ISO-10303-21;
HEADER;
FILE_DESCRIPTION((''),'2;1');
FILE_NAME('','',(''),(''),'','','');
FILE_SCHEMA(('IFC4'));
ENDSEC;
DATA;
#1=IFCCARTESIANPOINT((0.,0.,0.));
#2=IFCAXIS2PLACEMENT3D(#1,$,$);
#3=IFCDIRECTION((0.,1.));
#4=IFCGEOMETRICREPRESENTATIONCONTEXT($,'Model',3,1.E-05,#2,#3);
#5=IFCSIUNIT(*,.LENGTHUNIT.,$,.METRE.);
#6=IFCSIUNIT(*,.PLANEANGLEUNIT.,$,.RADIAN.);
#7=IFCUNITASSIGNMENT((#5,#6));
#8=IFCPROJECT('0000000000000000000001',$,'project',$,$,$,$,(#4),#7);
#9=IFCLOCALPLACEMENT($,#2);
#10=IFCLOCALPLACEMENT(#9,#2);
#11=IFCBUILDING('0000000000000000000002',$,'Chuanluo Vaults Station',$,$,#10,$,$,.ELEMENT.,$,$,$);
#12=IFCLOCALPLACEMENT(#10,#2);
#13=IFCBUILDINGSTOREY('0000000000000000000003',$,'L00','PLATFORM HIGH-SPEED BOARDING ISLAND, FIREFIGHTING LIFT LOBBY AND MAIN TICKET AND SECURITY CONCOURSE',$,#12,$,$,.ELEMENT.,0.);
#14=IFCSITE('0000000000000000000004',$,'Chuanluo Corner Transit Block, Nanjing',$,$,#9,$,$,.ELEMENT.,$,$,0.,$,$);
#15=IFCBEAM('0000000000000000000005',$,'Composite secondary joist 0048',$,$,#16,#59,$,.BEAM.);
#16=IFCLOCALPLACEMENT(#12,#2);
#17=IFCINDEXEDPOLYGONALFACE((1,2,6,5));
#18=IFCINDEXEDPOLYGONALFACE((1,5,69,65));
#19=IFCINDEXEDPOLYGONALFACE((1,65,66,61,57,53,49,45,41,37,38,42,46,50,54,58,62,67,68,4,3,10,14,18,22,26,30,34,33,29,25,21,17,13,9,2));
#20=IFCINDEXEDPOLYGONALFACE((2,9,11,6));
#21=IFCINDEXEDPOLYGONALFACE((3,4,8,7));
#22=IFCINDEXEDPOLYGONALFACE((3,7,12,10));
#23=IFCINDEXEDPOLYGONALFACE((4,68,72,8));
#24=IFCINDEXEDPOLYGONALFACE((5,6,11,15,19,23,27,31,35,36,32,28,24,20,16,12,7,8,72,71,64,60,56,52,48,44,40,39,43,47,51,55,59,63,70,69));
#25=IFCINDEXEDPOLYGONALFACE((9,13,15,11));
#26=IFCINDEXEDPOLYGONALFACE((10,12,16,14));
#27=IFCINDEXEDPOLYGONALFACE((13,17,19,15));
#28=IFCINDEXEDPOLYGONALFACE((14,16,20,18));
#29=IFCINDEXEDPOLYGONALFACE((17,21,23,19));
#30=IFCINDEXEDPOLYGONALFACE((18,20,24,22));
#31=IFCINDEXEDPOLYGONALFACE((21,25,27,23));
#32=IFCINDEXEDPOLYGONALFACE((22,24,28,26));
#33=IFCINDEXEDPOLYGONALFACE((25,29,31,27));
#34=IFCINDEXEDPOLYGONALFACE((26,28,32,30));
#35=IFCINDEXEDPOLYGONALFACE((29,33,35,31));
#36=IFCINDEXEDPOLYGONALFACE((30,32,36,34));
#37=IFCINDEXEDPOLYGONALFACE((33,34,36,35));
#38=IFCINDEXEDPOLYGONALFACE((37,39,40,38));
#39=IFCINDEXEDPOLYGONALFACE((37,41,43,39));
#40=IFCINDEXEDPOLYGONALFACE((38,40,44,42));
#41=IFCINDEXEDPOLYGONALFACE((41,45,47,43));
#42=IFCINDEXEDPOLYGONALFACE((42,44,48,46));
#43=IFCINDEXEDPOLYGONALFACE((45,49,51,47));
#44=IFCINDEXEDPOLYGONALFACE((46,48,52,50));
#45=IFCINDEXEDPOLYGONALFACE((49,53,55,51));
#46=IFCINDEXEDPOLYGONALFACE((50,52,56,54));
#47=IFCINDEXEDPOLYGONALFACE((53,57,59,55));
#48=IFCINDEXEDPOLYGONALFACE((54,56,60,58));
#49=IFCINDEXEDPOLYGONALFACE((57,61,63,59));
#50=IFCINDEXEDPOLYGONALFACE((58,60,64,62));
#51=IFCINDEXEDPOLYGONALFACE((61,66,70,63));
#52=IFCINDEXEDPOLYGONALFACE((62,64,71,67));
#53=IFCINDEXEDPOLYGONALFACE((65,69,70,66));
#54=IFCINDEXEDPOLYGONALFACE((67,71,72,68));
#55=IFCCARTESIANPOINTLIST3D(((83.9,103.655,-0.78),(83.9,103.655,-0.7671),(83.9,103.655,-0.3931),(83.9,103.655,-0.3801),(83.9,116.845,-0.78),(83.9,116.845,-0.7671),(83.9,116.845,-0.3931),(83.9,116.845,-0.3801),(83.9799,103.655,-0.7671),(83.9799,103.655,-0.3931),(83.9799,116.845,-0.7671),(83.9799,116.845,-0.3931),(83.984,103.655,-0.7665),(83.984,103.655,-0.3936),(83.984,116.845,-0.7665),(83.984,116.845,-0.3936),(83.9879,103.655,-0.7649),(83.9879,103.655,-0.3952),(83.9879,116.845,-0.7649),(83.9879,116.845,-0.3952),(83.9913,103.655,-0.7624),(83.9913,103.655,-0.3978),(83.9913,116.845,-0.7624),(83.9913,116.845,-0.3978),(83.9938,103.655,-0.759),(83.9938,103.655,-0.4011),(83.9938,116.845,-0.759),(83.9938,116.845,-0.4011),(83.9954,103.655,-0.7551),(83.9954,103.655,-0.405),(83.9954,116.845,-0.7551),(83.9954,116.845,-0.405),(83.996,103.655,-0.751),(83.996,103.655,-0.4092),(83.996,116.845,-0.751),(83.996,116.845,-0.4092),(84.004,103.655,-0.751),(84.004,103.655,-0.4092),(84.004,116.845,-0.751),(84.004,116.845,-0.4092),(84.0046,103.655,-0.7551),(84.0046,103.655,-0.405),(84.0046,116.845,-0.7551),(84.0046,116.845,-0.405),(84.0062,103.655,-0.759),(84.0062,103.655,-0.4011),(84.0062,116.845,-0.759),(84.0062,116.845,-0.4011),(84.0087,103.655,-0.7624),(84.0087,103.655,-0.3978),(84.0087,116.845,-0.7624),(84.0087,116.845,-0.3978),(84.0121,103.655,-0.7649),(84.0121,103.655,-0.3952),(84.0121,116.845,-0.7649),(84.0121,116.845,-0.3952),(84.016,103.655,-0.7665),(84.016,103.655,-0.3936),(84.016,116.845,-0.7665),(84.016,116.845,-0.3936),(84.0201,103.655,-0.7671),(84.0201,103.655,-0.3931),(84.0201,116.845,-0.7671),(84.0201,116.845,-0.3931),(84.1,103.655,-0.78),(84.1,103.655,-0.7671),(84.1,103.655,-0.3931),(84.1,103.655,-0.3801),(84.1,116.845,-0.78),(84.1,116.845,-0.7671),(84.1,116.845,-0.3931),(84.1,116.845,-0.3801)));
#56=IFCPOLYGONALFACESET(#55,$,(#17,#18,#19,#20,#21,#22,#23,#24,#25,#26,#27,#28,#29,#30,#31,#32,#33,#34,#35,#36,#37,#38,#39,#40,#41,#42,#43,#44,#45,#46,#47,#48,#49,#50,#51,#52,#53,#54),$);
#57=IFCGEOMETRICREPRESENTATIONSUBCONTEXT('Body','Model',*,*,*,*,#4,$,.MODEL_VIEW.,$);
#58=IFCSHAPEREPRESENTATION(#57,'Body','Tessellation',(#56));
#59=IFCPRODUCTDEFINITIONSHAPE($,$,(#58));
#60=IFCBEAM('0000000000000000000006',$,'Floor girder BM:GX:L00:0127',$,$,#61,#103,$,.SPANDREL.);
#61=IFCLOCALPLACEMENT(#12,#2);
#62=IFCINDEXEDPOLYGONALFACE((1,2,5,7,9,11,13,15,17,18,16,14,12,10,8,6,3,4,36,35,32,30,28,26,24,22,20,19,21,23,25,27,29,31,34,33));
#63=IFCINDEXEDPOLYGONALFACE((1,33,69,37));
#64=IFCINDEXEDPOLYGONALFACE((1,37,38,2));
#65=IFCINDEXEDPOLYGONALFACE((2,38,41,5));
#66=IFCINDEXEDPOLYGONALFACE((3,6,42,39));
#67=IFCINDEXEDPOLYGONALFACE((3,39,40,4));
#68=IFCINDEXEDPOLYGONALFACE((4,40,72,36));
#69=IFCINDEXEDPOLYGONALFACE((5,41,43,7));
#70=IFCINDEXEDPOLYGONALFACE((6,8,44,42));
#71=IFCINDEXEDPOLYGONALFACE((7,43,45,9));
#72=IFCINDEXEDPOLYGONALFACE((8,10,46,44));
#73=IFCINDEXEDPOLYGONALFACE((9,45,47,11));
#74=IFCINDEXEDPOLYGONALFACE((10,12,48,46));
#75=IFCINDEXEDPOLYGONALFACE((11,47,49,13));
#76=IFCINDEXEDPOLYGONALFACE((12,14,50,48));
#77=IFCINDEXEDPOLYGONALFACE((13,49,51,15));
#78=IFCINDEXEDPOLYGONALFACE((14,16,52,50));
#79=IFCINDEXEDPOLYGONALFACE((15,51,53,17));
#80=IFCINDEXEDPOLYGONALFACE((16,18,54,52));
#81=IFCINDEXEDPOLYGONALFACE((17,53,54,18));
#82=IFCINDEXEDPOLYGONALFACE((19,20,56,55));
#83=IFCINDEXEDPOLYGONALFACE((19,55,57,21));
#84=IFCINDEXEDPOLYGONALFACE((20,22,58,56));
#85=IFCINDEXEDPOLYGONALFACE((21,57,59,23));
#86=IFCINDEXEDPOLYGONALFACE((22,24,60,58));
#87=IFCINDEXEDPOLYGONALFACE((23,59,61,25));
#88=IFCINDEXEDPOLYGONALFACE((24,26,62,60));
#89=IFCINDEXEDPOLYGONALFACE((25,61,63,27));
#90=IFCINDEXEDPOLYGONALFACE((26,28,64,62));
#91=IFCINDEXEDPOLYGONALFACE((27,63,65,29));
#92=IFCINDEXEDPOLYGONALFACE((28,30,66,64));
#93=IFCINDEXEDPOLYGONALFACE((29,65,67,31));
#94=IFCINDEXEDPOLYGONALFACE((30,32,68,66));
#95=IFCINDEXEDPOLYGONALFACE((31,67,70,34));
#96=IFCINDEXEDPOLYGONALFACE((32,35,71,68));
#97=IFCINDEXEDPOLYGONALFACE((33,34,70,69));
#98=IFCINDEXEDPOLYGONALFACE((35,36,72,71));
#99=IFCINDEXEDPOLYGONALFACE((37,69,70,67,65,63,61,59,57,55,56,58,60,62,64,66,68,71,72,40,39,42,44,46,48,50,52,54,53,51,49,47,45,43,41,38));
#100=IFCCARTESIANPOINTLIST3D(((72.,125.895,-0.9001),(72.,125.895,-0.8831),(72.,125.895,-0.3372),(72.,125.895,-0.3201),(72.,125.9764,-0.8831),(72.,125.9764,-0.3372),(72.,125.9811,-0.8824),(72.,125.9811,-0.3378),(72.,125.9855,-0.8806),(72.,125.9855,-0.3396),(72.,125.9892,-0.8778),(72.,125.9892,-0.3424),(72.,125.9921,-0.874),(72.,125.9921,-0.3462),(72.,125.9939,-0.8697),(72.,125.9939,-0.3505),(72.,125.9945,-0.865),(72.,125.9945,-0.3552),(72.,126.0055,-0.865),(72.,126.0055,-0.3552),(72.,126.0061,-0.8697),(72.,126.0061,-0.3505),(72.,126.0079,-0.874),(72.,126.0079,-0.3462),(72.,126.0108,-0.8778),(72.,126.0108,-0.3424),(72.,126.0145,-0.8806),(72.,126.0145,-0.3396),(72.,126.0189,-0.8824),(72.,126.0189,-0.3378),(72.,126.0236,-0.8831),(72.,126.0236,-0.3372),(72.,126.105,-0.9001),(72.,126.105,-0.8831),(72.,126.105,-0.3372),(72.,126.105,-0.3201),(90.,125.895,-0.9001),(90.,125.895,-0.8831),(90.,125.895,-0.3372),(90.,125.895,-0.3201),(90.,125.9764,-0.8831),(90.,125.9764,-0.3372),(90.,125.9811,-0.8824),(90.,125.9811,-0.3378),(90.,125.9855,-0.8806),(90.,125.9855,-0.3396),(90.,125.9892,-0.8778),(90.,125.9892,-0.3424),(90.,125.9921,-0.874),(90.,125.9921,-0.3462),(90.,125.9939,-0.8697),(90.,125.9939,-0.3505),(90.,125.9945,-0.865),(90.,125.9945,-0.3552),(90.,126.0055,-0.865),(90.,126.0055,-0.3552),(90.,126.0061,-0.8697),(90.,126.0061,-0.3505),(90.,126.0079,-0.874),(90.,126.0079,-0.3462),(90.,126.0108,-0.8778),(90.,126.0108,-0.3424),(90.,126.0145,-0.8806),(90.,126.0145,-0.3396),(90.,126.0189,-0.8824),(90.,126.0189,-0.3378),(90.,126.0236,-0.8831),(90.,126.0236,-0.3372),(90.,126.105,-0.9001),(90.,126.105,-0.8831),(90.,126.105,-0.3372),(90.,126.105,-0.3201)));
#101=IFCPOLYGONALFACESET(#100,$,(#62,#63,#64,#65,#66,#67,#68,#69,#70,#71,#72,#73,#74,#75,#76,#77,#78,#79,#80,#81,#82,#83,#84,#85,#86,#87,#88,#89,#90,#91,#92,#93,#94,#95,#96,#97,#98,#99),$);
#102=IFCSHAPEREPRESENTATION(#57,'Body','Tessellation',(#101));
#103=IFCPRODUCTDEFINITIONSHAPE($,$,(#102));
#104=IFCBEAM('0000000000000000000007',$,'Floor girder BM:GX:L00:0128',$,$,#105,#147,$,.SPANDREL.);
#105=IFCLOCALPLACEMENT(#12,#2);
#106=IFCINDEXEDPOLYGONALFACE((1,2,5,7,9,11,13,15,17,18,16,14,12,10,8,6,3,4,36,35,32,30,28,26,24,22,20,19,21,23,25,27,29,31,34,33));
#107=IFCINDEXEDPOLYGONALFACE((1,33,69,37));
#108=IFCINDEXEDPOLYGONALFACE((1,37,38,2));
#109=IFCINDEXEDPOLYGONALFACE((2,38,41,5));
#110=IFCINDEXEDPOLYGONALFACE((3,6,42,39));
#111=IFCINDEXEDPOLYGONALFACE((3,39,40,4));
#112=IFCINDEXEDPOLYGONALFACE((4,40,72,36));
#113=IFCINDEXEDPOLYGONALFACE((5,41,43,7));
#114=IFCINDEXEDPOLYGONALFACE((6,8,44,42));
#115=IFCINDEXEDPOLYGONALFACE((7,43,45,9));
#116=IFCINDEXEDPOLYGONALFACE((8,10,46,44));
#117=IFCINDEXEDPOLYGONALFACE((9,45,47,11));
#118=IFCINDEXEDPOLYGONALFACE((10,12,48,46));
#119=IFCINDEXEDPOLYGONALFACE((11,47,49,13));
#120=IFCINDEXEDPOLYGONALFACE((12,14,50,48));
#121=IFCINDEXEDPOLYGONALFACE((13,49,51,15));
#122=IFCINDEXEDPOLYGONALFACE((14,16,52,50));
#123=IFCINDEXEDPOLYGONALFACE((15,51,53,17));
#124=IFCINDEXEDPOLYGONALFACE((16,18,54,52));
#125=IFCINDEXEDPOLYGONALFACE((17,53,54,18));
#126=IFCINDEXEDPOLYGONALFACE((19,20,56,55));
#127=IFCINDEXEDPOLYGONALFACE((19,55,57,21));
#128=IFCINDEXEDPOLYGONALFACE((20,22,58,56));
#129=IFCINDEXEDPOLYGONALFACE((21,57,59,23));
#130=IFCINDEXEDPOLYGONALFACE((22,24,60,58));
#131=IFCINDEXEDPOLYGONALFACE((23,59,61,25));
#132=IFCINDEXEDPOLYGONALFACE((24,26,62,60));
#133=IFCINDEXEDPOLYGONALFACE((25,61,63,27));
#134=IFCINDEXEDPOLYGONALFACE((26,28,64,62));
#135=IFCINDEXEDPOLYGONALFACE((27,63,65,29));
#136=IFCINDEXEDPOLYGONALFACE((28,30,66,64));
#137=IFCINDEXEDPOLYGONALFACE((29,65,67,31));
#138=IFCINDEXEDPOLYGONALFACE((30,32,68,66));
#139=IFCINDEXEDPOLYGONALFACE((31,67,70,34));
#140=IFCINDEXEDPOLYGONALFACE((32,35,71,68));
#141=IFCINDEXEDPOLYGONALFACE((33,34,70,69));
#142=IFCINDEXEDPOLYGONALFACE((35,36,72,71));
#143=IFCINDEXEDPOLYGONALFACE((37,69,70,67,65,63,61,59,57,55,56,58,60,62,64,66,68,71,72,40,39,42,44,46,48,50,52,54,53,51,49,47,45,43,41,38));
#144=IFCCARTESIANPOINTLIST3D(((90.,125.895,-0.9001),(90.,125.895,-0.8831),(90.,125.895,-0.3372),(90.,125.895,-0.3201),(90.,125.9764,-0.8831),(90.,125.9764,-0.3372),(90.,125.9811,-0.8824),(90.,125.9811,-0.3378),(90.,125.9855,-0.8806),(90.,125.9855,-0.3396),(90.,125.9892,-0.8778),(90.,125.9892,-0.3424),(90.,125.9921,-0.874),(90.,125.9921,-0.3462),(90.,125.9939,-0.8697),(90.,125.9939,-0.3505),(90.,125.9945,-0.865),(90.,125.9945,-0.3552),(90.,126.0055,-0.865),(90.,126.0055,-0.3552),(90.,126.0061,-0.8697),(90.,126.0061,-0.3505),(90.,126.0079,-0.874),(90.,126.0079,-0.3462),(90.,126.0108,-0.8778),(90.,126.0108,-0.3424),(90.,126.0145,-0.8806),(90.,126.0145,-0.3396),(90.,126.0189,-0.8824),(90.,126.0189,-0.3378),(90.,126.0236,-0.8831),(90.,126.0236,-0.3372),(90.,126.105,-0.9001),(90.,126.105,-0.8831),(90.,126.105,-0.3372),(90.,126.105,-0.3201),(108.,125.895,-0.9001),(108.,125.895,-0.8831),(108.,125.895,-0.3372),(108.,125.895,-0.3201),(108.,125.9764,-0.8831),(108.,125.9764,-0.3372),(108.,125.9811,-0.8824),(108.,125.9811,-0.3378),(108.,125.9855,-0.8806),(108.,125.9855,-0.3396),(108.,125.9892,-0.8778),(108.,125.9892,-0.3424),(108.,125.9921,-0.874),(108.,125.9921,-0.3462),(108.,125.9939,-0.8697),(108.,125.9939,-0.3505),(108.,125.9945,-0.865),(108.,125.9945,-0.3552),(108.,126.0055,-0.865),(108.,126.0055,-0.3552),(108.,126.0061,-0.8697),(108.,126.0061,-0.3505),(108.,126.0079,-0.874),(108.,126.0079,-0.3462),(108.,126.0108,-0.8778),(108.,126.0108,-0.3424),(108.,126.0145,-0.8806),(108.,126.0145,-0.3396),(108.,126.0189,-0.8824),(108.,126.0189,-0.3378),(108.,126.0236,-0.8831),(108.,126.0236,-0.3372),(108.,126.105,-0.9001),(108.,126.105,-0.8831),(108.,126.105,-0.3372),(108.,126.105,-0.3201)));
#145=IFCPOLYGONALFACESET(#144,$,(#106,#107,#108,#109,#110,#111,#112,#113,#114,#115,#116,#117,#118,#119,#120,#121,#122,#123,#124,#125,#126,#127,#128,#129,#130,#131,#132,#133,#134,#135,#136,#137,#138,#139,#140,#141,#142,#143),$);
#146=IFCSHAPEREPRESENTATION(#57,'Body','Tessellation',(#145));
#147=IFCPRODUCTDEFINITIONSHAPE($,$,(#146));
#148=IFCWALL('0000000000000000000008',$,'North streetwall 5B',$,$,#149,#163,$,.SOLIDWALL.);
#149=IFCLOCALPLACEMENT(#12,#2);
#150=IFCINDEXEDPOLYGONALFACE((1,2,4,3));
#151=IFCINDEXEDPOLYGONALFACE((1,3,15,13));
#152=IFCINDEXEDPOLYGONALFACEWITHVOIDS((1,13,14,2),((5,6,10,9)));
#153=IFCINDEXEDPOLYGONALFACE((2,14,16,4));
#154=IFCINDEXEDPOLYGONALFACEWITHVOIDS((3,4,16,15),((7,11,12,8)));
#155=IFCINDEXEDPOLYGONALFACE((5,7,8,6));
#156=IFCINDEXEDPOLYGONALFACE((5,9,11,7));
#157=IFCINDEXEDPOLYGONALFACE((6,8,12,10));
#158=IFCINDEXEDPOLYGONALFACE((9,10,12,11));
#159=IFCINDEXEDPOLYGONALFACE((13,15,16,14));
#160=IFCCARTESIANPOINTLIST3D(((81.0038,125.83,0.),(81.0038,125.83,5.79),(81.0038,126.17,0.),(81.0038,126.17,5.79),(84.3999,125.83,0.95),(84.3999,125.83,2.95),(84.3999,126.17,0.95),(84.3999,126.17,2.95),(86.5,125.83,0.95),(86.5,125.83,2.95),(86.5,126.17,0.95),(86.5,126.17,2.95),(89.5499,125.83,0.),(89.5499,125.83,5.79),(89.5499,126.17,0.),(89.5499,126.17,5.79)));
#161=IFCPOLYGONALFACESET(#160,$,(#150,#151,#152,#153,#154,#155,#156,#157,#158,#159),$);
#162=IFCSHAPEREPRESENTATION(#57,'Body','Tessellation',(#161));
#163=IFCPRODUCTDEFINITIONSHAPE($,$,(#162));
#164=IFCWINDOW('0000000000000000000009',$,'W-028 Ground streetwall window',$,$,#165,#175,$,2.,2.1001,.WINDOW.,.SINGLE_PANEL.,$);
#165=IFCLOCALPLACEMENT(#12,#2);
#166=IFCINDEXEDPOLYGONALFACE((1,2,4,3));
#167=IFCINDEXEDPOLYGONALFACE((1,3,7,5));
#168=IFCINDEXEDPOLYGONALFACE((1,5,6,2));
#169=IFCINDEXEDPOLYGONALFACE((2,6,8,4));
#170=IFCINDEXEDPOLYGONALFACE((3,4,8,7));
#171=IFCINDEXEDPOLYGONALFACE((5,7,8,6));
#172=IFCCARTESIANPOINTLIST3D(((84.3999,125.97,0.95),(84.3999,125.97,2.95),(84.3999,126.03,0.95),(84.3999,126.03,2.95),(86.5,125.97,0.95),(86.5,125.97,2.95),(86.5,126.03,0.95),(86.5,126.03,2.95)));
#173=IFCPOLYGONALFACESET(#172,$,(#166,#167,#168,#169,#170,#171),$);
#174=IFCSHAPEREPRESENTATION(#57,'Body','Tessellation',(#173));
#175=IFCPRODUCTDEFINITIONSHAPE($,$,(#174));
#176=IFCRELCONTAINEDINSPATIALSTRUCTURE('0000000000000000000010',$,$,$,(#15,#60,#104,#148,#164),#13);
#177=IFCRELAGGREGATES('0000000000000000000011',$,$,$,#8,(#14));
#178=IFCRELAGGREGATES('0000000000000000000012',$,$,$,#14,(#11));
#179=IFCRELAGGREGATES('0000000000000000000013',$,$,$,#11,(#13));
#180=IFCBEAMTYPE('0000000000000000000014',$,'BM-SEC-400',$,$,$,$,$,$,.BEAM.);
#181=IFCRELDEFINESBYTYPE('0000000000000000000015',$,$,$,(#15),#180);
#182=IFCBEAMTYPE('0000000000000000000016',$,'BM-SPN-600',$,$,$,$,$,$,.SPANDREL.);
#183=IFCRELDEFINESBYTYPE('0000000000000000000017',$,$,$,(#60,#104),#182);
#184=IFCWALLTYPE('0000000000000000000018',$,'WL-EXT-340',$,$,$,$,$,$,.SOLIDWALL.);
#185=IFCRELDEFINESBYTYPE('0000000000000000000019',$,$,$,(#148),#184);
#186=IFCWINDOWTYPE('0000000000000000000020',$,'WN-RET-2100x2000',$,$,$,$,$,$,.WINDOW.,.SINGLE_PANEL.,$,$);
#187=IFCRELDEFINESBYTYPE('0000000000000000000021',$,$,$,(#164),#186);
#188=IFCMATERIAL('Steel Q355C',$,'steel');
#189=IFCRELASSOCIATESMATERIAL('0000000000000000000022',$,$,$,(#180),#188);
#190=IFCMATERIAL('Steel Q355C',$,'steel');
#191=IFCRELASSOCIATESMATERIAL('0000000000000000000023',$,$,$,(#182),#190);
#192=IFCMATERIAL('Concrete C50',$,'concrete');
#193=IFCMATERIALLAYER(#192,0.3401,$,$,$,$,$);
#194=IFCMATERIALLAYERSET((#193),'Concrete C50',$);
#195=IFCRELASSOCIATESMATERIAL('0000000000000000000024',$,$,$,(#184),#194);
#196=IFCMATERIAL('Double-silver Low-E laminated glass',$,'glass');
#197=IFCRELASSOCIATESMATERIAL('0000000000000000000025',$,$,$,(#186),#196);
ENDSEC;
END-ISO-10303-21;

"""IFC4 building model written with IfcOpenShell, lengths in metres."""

from ifc_helpers import new_model, si_unit, direction, frame, frame_2d, origin, origin_2d, place, context, subcontext, project, spatial, rectangle, i_section, extrude, material, layer, layer_set, material_profile, profile_set, type_object, element, fill, save


model = new_model("IFC4")

# Units and contexts
model_context = context("Model", 3, precision=1e-05, world=origin(), true_north=direction((0.0, 1.0)))
body_context = subcontext(model_context, "Body", "Model", "MODEL_VIEW")
ifc_project = project(units=[si_unit("LENGTHUNIT", "METRE"), si_unit("PLANEANGLEUNIT", "RADIAN")], contexts=[model_context])

# Site, building, storey
site_placement = place(None, origin())
site = spatial("IfcSite", under=ifc_project, at=site_placement, Name="Chuanluo Corner Transit Block, Nanjing", CompositionType="ELEMENT", RefElevation=0.0)
building_placement = place(site_placement, origin())
building = spatial("IfcBuilding", under=site, at=building_placement, Name="Chuanluo Vaults Station", CompositionType="ELEMENT")
storey_placement = place(building_placement, origin())
storey = spatial("IfcBuildingStorey", under=building, at=storey_placement, Name="L00", Description="PLATFORM HIGH-SPEED BOARDING ISLAND, FIREFIGHTING LIFT LOBBY AND MAIN TICKET AND SECURITY CONCOURSE", CompositionType="ELEMENT", Elevation=0.0)

# Beams
ifc_material_1 = material(Name="Steel Q355C", Category="steel")
ifc_material_profile_1 = material_profile(ifc_material_1, i_section(OverallWidth=0.2, OverallDepth=0.3999, WebThickness=0.0081, FlangeThickness=0.0129, FilletRadius=0.0161, at=origin_2d()))
ifc_profile_set_1 = profile_set([ifc_material_profile_1], Name="Steel Q355C")
beam_type_1 = type_object("IfcBeamType", Name="BM-SEC-400", PredefinedType="BEAM", material=ifc_profile_set_1)
for number, where, z_axis, x_axis, name in (
    (1, (84.0, 103.655, -0.5801), (0.0, 1.0, 0.0), (-1.0, 0.0, 0.0), "Composite secondary joist 0048"),
):
    element("IfcBeam", number, at=place(storey_placement, frame(where, z_axis=z_axis, x_axis=x_axis)), inside=storey, type_object=beam_type_1, Name=name, PredefinedType="BEAM", context=body_context, shape_type="SweptSolid", body=[
        extrude(i_section(OverallWidth=0.2, OverallDepth=0.3999, WebThickness=0.0081, FlangeThickness=0.0129, FilletRadius=0.0161, at=origin_2d()), origin(), (0.0, 0.0, 1.0), 13.1899),
    ])
ifc_material_2 = material(Name="Steel Q355C", Category="steel")
ifc_material_profile_2 = material_profile(ifc_material_2, i_section(OverallWidth=0.21, OverallDepth=0.5801, WebThickness=0.011, FlangeThickness=0.0171, FilletRadius=0.0181, at=origin_2d()))
ifc_profile_set_2 = profile_set([ifc_material_profile_2], Name="Steel Q355C")
beam_type_2 = type_object("IfcBeamType", Name="BM-SPN-600", PredefinedType="SPANDREL", material=ifc_profile_set_2)
for number, where, z_axis, x_axis, name in (
    (2, (72.0, 126.0, -0.6101), (1.0, 0.0, 0.0), (0.0, 1.0, 0.0), "Floor girder BM:GX:L00:0127"),
    (3, (90.0, 126.0, -0.6101), (1.0, 0.0, 0.0), (0.0, 1.0, 0.0), "Floor girder BM:GX:L00:0128"),
):
    element("IfcBeam", number, at=place(storey_placement, frame(where, z_axis=z_axis, x_axis=x_axis)), inside=storey, type_object=beam_type_2, Name=name, PredefinedType="SPANDREL", context=body_context, shape_type="SweptSolid", body=[
        extrude(i_section(OverallWidth=0.21, OverallDepth=0.5801, WebThickness=0.011, FlangeThickness=0.0171, FilletRadius=0.0181, at=origin_2d()), origin(), (0.0, 0.0, 1.0), 18.0),
    ])

# Shared definitions
ifc_material_3 = material(Name="Concrete C50", Category="concrete")
ifc_layer = layer(ifc_material_3, 0.3401)
ifc_layer_set = layer_set([ifc_layer], Name="Concrete C50")
wall_type = type_object("IfcWallType", Name="WL-EXT-340", PredefinedType="SOLIDWALL", material=ifc_layer_set)

# Wall, opening, window
wall_1_placement = place(storey_placement, frame((81.0039, 126.0, 0.0), z_axis=(0.0, 0.0, 1.0), x_axis=(1.0, 0.0, 0.0)))
wall_1 = element("IfcWall", 4, at=wall_1_placement, inside=storey, type_object=wall_type, Name="North streetwall 5B", PredefinedType="SOLIDWALL", context=body_context, shape_type="SweptSolid", body=[
    extrude(rectangle(XDim=8.5461, YDim=0.3401, at=frame_2d((4.2729, 0.0))), origin(), (0.0, 0.0, 1.0), 5.79),
])
opening_1_placement = place(wall_1_placement, frame((3.396, 0.0, 0.95)))
opening_1 = element("IfcOpeningElement", 5, at=opening_1_placement, cuts=wall_1, PredefinedType="OPENING", context=body_context, shape_type="SweptSolid", body=[
    extrude(rectangle(XDim=2.1001, YDim=2.0, at=frame_2d((1.05, 1.0))), frame((0.0, 0.1799, 0.0), z_axis=(0.0, -1.0, 0.0), x_axis=(1.0, 0.0, 0.0)), (0.0, 0.0, 1.0), 0.3601),
])
ifc_material_4 = material(Name="Double-silver Low-E laminated glass", Category="glass")
window_type = type_object("IfcWindowType", Name="WN-RET-2100x2000", PartitioningType="SINGLE_PANEL", PredefinedType="WINDOW", material=ifc_material_4)
window_placement = place(opening_1_placement, origin())
window = element("IfcWindow", 6, at=window_placement, inside=storey, type_object=window_type, Name="W-028 Ground streetwall window", OverallHeight=2.0, OverallWidth=2.1001, PartitioningType="SINGLE_PANEL", PredefinedType="WINDOW", context=body_context, shape_type="SweptSolid", body=[
    extrude(rectangle(XDim=2.1001, YDim=2.0, at=frame_2d((1.05, 1.0))), frame((0.0, 0.03, 0.0), z_axis=(0.0, -1.0, 0.0), x_axis=(1.0, 0.0, 0.0)), (0.0, 0.0, 1.0), 0.0601),
])
fill(opening_1, window)

save(model, "model.ifc")
